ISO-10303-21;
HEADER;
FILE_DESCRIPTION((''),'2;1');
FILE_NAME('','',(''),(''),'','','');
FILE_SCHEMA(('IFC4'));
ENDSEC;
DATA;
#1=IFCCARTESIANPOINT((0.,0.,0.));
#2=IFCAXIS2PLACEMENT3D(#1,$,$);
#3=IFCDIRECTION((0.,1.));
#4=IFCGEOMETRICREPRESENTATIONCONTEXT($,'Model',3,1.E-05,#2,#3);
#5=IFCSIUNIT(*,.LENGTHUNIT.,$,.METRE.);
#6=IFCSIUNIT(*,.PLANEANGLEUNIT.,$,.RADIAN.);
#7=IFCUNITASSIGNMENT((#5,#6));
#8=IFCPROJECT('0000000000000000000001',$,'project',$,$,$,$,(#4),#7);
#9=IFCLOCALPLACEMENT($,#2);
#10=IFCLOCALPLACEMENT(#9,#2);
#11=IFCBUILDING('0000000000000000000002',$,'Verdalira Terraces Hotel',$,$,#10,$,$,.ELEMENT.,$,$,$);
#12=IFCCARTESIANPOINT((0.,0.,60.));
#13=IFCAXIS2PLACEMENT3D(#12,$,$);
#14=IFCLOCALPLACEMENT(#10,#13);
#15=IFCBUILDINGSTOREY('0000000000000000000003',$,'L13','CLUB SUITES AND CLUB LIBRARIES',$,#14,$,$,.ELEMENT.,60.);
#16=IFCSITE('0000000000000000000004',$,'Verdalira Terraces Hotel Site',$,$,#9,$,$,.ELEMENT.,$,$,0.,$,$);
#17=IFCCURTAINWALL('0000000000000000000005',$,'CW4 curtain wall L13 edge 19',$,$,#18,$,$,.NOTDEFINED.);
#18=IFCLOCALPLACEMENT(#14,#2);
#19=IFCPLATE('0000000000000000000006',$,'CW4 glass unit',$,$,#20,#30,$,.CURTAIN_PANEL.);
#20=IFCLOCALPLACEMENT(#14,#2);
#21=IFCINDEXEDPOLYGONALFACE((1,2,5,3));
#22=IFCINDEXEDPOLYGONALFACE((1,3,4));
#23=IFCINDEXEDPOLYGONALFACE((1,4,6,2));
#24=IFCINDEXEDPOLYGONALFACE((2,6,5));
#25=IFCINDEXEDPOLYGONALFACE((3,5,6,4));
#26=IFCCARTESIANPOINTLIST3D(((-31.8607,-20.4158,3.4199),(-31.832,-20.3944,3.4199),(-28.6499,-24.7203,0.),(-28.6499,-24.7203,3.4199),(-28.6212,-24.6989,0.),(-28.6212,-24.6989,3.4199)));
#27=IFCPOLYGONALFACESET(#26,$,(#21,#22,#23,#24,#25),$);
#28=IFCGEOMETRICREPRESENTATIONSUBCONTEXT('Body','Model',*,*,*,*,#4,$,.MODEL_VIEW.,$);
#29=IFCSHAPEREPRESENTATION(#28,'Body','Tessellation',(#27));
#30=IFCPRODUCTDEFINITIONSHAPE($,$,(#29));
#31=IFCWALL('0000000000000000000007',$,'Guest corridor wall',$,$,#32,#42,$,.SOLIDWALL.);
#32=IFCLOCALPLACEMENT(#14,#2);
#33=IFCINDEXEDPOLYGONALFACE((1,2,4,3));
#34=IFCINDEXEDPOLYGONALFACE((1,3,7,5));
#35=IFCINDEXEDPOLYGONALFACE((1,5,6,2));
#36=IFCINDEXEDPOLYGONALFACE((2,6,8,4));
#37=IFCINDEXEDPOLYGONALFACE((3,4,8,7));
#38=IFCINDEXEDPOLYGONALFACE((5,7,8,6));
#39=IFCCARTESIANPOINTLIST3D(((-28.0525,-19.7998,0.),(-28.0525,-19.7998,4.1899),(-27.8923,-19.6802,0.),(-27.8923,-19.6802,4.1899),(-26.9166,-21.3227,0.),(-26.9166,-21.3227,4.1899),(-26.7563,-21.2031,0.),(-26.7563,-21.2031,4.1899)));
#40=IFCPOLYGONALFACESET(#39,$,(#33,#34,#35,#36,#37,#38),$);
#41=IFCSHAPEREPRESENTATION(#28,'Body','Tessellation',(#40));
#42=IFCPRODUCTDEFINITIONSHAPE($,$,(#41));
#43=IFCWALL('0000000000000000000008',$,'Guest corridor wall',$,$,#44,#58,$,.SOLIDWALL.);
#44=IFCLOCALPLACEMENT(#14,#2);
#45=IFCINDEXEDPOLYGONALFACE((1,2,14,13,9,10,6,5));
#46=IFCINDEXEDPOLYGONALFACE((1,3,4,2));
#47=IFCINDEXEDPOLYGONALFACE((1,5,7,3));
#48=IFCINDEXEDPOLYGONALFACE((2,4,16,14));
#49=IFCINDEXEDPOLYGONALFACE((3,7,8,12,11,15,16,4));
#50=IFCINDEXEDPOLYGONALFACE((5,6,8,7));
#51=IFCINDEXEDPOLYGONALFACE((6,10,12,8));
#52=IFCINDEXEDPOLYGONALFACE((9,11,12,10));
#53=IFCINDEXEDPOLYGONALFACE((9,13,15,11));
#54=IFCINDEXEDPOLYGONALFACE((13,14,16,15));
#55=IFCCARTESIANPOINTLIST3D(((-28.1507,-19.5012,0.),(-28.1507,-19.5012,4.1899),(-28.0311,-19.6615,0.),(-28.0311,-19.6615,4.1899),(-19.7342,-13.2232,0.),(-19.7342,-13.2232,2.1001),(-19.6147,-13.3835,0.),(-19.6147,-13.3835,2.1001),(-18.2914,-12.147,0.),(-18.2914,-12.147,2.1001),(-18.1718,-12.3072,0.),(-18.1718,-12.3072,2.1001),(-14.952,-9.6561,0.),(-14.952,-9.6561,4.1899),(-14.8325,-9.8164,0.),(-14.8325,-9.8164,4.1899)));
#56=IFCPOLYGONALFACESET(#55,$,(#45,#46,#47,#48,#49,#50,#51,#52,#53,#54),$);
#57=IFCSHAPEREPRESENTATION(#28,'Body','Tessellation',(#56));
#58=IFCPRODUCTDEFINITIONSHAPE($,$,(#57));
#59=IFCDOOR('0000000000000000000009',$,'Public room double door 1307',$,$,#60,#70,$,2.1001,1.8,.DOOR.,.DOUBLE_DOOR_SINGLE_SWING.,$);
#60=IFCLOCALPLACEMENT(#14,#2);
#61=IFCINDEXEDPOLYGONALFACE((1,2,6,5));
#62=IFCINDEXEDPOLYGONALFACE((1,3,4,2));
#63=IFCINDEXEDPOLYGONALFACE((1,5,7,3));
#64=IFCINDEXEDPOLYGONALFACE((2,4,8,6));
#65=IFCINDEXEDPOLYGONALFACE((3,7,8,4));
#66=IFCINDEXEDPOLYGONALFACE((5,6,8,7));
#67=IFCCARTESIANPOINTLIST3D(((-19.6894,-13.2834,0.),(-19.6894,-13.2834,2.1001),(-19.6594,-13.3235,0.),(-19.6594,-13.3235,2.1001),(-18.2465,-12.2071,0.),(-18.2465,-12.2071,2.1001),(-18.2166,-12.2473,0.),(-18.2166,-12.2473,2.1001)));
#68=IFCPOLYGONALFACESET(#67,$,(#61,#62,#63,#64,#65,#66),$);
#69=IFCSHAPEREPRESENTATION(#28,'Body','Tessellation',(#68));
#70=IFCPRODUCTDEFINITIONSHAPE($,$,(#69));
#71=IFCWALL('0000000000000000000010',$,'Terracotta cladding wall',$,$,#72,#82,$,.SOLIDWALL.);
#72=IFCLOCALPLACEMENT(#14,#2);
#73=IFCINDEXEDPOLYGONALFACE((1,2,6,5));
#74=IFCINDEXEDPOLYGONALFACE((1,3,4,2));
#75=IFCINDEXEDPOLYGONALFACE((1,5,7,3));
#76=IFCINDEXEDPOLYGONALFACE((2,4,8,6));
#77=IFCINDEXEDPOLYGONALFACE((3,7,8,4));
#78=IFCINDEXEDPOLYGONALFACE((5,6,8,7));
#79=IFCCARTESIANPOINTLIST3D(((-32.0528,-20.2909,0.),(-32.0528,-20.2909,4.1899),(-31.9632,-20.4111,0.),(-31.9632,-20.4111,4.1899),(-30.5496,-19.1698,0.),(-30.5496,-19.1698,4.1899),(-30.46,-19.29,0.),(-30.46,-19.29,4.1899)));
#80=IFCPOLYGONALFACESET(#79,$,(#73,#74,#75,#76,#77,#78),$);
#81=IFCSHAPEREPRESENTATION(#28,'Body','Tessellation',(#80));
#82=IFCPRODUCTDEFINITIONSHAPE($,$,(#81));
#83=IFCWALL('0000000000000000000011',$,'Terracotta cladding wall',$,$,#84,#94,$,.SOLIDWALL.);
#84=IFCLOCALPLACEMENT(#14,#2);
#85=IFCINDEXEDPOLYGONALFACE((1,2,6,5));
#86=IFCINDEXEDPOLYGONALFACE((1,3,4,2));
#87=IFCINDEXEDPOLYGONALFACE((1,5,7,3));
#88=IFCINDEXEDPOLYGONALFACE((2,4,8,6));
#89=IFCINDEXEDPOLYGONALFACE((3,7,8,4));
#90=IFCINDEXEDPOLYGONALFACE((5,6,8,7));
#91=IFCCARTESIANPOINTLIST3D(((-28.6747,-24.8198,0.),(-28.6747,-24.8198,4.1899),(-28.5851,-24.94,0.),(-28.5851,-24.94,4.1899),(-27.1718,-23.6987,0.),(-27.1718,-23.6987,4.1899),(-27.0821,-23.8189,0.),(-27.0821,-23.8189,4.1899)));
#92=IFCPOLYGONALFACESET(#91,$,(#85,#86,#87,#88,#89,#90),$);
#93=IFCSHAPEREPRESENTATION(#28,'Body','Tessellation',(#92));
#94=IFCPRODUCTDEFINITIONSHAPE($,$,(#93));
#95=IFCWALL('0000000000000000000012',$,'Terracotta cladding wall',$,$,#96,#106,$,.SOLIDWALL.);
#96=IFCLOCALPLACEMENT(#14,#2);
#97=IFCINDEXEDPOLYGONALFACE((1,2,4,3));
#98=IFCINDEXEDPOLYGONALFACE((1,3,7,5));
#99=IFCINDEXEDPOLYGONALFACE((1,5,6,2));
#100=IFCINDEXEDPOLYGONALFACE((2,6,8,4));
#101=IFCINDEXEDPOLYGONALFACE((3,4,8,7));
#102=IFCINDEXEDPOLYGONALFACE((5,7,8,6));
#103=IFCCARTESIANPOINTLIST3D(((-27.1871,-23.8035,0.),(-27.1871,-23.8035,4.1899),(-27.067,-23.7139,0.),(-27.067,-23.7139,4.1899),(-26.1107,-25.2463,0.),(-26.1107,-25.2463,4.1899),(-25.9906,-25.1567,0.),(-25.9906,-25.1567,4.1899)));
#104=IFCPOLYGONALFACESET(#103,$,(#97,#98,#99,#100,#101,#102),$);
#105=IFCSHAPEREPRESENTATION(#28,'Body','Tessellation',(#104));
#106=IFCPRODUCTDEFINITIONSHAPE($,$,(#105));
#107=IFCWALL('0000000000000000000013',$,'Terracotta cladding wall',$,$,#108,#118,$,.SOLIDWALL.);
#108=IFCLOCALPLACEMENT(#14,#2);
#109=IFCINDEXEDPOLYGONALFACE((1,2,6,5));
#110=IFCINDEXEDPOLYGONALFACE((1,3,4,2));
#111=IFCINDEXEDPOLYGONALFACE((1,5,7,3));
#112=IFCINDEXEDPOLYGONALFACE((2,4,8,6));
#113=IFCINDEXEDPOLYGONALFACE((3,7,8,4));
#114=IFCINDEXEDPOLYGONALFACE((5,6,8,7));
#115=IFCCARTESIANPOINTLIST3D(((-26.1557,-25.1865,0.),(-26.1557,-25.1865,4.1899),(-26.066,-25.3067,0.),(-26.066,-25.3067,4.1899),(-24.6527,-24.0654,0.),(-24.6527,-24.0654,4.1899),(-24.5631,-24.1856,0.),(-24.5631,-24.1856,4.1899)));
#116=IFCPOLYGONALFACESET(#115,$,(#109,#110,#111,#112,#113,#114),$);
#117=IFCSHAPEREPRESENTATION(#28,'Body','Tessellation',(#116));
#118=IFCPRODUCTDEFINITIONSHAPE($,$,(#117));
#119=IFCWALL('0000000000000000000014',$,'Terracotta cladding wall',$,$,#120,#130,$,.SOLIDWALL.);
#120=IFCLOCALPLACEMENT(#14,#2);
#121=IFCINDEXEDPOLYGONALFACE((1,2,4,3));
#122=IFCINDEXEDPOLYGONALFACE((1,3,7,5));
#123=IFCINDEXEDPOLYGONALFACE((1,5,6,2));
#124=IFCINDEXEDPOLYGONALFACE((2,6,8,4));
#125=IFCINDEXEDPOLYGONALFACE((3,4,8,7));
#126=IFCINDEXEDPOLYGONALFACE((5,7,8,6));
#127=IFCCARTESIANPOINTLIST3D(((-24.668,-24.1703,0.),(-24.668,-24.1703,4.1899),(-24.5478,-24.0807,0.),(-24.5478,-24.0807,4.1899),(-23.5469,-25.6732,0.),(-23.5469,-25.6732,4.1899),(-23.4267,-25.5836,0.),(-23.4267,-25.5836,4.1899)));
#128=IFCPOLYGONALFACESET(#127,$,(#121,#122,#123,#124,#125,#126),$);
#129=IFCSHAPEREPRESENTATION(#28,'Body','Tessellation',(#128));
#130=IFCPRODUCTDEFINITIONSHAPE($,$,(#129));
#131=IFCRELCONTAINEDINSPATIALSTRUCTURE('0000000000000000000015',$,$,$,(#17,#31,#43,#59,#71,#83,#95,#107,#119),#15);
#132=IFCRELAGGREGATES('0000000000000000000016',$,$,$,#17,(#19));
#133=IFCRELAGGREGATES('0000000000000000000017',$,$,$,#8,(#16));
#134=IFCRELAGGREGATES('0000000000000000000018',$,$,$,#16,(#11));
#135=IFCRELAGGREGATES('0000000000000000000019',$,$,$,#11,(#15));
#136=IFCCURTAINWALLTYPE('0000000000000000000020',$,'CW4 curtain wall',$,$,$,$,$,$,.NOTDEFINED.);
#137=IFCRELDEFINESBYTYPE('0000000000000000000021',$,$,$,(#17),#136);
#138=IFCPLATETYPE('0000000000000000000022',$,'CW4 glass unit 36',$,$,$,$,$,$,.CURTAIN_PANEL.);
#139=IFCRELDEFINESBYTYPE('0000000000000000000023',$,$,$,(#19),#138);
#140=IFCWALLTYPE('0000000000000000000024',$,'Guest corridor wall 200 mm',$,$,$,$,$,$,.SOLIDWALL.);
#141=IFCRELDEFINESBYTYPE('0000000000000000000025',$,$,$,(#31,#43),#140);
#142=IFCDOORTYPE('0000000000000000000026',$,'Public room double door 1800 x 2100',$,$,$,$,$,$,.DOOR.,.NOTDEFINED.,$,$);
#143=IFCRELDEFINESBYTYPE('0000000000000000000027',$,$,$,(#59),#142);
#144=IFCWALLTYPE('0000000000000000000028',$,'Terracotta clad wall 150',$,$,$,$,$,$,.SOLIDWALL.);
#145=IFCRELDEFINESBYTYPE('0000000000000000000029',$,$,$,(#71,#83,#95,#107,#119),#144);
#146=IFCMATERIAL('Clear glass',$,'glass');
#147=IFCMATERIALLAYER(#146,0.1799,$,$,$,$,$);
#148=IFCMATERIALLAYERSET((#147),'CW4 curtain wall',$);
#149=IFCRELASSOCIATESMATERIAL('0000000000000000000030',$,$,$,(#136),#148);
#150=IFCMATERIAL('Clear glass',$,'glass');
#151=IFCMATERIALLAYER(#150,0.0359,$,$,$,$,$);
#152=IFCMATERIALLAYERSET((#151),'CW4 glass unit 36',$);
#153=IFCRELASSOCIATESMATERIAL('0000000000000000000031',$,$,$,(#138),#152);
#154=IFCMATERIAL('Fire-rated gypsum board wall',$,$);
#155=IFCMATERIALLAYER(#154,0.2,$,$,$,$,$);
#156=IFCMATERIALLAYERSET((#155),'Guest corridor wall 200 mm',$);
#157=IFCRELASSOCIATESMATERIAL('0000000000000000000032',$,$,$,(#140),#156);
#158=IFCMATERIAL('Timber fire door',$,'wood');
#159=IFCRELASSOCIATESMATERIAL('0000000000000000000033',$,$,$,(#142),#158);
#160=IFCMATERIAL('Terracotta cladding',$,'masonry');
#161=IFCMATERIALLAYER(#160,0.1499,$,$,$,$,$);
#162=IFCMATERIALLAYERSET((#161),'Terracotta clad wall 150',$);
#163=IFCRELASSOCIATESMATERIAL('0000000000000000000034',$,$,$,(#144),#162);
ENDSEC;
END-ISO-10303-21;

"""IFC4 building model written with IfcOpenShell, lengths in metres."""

from ifc_helpers import new_model, si_unit, direction, frame, frame_2d, origin, place, context, subcontext, project, spatial, polyline, rectangle, outline, extrude, material, layer, layer_set, type_object, element, fill, aggregate, save


model = new_model("IFC4")

# Units and contexts
model_context = context("Model", 3, precision=1e-05, world=origin(), true_north=direction((0.0, 1.0)))
body_context = subcontext(model_context, "Body", "Model", "MODEL_VIEW")
ifc_project = project(units=[si_unit("LENGTHUNIT", "METRE"), si_unit("PLANEANGLEUNIT", "RADIAN")], contexts=[model_context])

# Site, building, storey
site_placement = place(None, origin())
site = spatial("IfcSite", under=ifc_project, at=site_placement, Name="Verdalira Terraces Hotel Site", CompositionType="ELEMENT", RefElevation=0.0)
building_placement = place(site_placement, origin())
building = spatial("IfcBuilding", under=site, at=building_placement, Name="Verdalira Terraces Hotel", CompositionType="ELEMENT")
storey_placement = place(building_placement, frame((0.0, 0.0, 60.0)))
storey = spatial("IfcBuildingStorey", under=building, at=storey_placement, Name="L13", Description="CLUB SUITES AND CLUB LIBRARIES", CompositionType="ELEMENT", Elevation=60.0)

# Curtain wall
ifc_material_1 = material(Name="Clear glass", Category="glass")
ifc_layer_1 = layer(ifc_material_1, 0.1799)
ifc_layer_set_1 = layer_set([ifc_layer_1], Name="CW4 curtain wall")
curtain_wall_type = type_object("IfcCurtainWallType", Name="CW4 curtain wall", PredefinedType="NOTDEFINED", material=ifc_layer_set_1)
curtain_wall_1_placement = place(storey_placement, origin())
curtain_wall_1 = element("IfcCurtainWall", 1, at=curtain_wall_1_placement, inside=storey, type_object=curtain_wall_type, Name="CW4 curtain wall L13 edge 19", PredefinedType="NOTDEFINED")

# Plate
ifc_material_2 = material(Name="Clear glass", Category="glass")
ifc_layer_2 = layer(ifc_material_2, 0.0359)
ifc_layer_set_2 = layer_set([ifc_layer_2], Name="CW4 glass unit 36")
plate_type = type_object("IfcPlateType", Name="CW4 glass unit 36", PredefinedType="CURTAIN_PANEL", material=ifc_layer_set_2)
plate_1_placement = place(storey_placement, frame((-30.2266, -22.5466, 1.71), z_axis=(-0.801567, -0.597905, 0.0), x_axis=(0.597905, -0.801567, 0.0)))
plate_1 = element("IfcPlate", 2, at=plate_1_placement, type_object=plate_type, Name="CW4 glass unit", PredefinedType="CURTAIN_PANEL", context=body_context, shape_type="SweptSolid", body=[
    extrude(outline(polyline([(2.6851, -1.71), (2.6851, 1.71), (-2.6851, 1.71), (2.6851, -1.71)])), origin(), (0.0, 0.0, 1.0), 0.0359),
])
aggregate(curtain_wall_1, [plate_1])

# Wall
ifc_material_3 = material(Name="Fire-rated gypsum board wall")
ifc_layer_3 = layer(ifc_material_3, 0.2)
ifc_layer_set_3 = layer_set([ifc_layer_3], Name="Guest corridor wall 200 mm")
wall_type_1 = type_object("IfcWallType", Name="Guest corridor wall 200 mm", PredefinedType="SOLIDWALL", material=ifc_layer_set_3)
wall_1_placement = place(storey_placement, frame((-27.9724, -19.74, 0.0), z_axis=(0.0, 0.0, 1.0), x_axis=(0.597901, -0.80157, 0.0)))
element("IfcWall", 3, at=wall_1_placement, inside=storey, type_object=wall_type_1, Name="Guest corridor wall", PredefinedType="SOLIDWALL", context=body_context, shape_type="SweptSolid", body=[
    extrude(rectangle(XDim=1.8999, YDim=0.2, at=frame_2d((0.95, 0.0))), origin(), (0.0, 0.0, 1.0), 4.1899),
])

# Wall, opening, door
wall_2_placement = place(storey_placement, frame((-28.0908, -19.5813, 0.0), z_axis=(0.0, 0.0, 1.0), x_axis=(0.801567, 0.597906, 0.0)))
wall_2 = element("IfcWall", 4, at=wall_2_placement, inside=storey, type_object=wall_type_1, Name="Guest corridor wall", PredefinedType="SOLIDWALL", context=body_context, shape_type="SweptSolid", body=[
    extrude(rectangle(XDim=16.4661, YDim=0.2, at=frame_2d((8.2329, 0.0))), origin(), (0.0, 0.0, 1.0), 4.1899),
])
opening_placement = place(wall_2_placement, frame((10.5, 0.0, 0.0)))
opening = element("IfcOpeningElement", 5, at=opening_placement, cuts=wall_2, PredefinedType="OPENING", context=body_context, shape_type="SweptSolid", body=[
    extrude(rectangle(XDim=1.8, YDim=2.1001, at=frame_2d((0.8999, 1.05))), frame((0.0, 0.1099, 0.0), z_axis=(0.0, -1.0, 0.0), x_axis=(1.0, 0.0, 0.0)), (0.0, 0.0, 1.0), 0.22),
])
ifc_material_4 = material(Name="Timber fire door", Category="wood")
door_type = type_object("IfcDoorType", Name="Public room double door 1800 x 2100", OperationType="NOTDEFINED", PredefinedType="DOOR", material=ifc_material_4)
door_placement = place(opening_placement, origin())
door = element("IfcDoor", 6, at=door_placement, inside=storey, type_object=door_type, Name="Public room double door 1307", OperationType="DOUBLE_DOOR_SINGLE_SWING", OverallHeight=2.1001, OverallWidth=1.8, PredefinedType="DOOR", context=body_context, shape_type="SweptSolid", body=[
    extrude(rectangle(XDim=1.8, YDim=2.1001, at=frame_2d((0.8999, 1.05))), frame((0.0, 0.0249, 0.0), z_axis=(0.0, -1.0, 0.0), x_axis=(1.0, 0.0, 0.0)), (0.0, 0.0, 1.0), 0.05),
])
fill(opening, door)

# Walls
ifc_material_5 = material(Name="Terracotta cladding", Category="masonry")
ifc_layer_4 = layer(ifc_material_5, 0.1499)
ifc_layer_set_4 = layer_set([ifc_layer_4], Name="Terracotta clad wall 150")
wall_type_2 = type_object("IfcWallType", Name="Terracotta clad wall 150", PredefinedType="SOLIDWALL", material=ifc_layer_set_4)
wall_3_placement = place(storey_placement, frame((-30.5049, -19.23, 0.0), z_axis=(0.0, 0.0, 1.0), x_axis=(-0.801606, -0.597852, 0.0)))
element("IfcWall", 7, at=wall_3_placement, inside=storey, type_object=wall_type_2, Name="Terracotta cladding wall", PredefinedType="SOLIDWALL", context=body_context, shape_type="SweptSolid", body=[
    extrude(rectangle(XDim=1.8752, YDim=0.1499, at=frame_2d((0.9375, 0.0))), origin(), (0.0, 0.0, 1.0), 4.1899),
])
wall_4_placement = place(storey_placement, frame((-28.6299, -24.8799, 0.0), z_axis=(0.0, 0.0, 1.0), x_axis=(0.80156, 0.597915, 0.0)))
element("IfcWall", 8, at=wall_4_placement, inside=storey, type_object=wall_type_2, Name="Terracotta cladding wall", PredefinedType="SOLIDWALL", context=body_context, shape_type="SweptSolid", body=[
    extrude(rectangle(XDim=1.875, YDim=0.1499, at=frame_2d((0.9375, 0.0))), origin(), (0.0, 0.0, 1.0), 4.1899),
])
wall_5_placement = place(storey_placement, frame((-27.127, -23.7588, 0.0), z_axis=(0.0, 0.0, 1.0), x_axis=(0.597958, -0.801527, 0.0)))
element("IfcWall", 9, at=wall_5_placement, inside=storey, type_object=wall_type_2, Name="Terracotta cladding wall", PredefinedType="SOLIDWALL", context=body_context, shape_type="SweptSolid", body=[
    extrude(rectangle(XDim=1.8, YDim=0.1499, at=frame_2d((0.8999, 0.0))), origin(), (0.0, 0.0, 1.0), 4.1899),
])
for number, where, z_axis, x_axis, name in (
    (10, (-26.1108, -25.2466, 0.0), (0.0, 0.0, 1.0), (0.80156, 0.597915, 0.0), "Terracotta cladding wall"),
    (11, (-24.6079, -24.1255, 0.0), (0.0, 0.0, 1.0), (0.597915, -0.80156, 0.0), "Terracotta cladding wall"),
):
    element("IfcWall", number, at=place(storey_placement, frame(where, z_axis=z_axis, x_axis=x_axis)), inside=storey, type_object=wall_type_2, Name=name, PredefinedType="SOLIDWALL", context=body_context, shape_type="SweptSolid", body=[
        extrude(rectangle(XDim=1.875, YDim=0.1499, at=frame_2d((0.9375, 0.0))), origin(), (0.0, 0.0, 1.0), 4.1899),
    ])

save(model, "model.ifc")
